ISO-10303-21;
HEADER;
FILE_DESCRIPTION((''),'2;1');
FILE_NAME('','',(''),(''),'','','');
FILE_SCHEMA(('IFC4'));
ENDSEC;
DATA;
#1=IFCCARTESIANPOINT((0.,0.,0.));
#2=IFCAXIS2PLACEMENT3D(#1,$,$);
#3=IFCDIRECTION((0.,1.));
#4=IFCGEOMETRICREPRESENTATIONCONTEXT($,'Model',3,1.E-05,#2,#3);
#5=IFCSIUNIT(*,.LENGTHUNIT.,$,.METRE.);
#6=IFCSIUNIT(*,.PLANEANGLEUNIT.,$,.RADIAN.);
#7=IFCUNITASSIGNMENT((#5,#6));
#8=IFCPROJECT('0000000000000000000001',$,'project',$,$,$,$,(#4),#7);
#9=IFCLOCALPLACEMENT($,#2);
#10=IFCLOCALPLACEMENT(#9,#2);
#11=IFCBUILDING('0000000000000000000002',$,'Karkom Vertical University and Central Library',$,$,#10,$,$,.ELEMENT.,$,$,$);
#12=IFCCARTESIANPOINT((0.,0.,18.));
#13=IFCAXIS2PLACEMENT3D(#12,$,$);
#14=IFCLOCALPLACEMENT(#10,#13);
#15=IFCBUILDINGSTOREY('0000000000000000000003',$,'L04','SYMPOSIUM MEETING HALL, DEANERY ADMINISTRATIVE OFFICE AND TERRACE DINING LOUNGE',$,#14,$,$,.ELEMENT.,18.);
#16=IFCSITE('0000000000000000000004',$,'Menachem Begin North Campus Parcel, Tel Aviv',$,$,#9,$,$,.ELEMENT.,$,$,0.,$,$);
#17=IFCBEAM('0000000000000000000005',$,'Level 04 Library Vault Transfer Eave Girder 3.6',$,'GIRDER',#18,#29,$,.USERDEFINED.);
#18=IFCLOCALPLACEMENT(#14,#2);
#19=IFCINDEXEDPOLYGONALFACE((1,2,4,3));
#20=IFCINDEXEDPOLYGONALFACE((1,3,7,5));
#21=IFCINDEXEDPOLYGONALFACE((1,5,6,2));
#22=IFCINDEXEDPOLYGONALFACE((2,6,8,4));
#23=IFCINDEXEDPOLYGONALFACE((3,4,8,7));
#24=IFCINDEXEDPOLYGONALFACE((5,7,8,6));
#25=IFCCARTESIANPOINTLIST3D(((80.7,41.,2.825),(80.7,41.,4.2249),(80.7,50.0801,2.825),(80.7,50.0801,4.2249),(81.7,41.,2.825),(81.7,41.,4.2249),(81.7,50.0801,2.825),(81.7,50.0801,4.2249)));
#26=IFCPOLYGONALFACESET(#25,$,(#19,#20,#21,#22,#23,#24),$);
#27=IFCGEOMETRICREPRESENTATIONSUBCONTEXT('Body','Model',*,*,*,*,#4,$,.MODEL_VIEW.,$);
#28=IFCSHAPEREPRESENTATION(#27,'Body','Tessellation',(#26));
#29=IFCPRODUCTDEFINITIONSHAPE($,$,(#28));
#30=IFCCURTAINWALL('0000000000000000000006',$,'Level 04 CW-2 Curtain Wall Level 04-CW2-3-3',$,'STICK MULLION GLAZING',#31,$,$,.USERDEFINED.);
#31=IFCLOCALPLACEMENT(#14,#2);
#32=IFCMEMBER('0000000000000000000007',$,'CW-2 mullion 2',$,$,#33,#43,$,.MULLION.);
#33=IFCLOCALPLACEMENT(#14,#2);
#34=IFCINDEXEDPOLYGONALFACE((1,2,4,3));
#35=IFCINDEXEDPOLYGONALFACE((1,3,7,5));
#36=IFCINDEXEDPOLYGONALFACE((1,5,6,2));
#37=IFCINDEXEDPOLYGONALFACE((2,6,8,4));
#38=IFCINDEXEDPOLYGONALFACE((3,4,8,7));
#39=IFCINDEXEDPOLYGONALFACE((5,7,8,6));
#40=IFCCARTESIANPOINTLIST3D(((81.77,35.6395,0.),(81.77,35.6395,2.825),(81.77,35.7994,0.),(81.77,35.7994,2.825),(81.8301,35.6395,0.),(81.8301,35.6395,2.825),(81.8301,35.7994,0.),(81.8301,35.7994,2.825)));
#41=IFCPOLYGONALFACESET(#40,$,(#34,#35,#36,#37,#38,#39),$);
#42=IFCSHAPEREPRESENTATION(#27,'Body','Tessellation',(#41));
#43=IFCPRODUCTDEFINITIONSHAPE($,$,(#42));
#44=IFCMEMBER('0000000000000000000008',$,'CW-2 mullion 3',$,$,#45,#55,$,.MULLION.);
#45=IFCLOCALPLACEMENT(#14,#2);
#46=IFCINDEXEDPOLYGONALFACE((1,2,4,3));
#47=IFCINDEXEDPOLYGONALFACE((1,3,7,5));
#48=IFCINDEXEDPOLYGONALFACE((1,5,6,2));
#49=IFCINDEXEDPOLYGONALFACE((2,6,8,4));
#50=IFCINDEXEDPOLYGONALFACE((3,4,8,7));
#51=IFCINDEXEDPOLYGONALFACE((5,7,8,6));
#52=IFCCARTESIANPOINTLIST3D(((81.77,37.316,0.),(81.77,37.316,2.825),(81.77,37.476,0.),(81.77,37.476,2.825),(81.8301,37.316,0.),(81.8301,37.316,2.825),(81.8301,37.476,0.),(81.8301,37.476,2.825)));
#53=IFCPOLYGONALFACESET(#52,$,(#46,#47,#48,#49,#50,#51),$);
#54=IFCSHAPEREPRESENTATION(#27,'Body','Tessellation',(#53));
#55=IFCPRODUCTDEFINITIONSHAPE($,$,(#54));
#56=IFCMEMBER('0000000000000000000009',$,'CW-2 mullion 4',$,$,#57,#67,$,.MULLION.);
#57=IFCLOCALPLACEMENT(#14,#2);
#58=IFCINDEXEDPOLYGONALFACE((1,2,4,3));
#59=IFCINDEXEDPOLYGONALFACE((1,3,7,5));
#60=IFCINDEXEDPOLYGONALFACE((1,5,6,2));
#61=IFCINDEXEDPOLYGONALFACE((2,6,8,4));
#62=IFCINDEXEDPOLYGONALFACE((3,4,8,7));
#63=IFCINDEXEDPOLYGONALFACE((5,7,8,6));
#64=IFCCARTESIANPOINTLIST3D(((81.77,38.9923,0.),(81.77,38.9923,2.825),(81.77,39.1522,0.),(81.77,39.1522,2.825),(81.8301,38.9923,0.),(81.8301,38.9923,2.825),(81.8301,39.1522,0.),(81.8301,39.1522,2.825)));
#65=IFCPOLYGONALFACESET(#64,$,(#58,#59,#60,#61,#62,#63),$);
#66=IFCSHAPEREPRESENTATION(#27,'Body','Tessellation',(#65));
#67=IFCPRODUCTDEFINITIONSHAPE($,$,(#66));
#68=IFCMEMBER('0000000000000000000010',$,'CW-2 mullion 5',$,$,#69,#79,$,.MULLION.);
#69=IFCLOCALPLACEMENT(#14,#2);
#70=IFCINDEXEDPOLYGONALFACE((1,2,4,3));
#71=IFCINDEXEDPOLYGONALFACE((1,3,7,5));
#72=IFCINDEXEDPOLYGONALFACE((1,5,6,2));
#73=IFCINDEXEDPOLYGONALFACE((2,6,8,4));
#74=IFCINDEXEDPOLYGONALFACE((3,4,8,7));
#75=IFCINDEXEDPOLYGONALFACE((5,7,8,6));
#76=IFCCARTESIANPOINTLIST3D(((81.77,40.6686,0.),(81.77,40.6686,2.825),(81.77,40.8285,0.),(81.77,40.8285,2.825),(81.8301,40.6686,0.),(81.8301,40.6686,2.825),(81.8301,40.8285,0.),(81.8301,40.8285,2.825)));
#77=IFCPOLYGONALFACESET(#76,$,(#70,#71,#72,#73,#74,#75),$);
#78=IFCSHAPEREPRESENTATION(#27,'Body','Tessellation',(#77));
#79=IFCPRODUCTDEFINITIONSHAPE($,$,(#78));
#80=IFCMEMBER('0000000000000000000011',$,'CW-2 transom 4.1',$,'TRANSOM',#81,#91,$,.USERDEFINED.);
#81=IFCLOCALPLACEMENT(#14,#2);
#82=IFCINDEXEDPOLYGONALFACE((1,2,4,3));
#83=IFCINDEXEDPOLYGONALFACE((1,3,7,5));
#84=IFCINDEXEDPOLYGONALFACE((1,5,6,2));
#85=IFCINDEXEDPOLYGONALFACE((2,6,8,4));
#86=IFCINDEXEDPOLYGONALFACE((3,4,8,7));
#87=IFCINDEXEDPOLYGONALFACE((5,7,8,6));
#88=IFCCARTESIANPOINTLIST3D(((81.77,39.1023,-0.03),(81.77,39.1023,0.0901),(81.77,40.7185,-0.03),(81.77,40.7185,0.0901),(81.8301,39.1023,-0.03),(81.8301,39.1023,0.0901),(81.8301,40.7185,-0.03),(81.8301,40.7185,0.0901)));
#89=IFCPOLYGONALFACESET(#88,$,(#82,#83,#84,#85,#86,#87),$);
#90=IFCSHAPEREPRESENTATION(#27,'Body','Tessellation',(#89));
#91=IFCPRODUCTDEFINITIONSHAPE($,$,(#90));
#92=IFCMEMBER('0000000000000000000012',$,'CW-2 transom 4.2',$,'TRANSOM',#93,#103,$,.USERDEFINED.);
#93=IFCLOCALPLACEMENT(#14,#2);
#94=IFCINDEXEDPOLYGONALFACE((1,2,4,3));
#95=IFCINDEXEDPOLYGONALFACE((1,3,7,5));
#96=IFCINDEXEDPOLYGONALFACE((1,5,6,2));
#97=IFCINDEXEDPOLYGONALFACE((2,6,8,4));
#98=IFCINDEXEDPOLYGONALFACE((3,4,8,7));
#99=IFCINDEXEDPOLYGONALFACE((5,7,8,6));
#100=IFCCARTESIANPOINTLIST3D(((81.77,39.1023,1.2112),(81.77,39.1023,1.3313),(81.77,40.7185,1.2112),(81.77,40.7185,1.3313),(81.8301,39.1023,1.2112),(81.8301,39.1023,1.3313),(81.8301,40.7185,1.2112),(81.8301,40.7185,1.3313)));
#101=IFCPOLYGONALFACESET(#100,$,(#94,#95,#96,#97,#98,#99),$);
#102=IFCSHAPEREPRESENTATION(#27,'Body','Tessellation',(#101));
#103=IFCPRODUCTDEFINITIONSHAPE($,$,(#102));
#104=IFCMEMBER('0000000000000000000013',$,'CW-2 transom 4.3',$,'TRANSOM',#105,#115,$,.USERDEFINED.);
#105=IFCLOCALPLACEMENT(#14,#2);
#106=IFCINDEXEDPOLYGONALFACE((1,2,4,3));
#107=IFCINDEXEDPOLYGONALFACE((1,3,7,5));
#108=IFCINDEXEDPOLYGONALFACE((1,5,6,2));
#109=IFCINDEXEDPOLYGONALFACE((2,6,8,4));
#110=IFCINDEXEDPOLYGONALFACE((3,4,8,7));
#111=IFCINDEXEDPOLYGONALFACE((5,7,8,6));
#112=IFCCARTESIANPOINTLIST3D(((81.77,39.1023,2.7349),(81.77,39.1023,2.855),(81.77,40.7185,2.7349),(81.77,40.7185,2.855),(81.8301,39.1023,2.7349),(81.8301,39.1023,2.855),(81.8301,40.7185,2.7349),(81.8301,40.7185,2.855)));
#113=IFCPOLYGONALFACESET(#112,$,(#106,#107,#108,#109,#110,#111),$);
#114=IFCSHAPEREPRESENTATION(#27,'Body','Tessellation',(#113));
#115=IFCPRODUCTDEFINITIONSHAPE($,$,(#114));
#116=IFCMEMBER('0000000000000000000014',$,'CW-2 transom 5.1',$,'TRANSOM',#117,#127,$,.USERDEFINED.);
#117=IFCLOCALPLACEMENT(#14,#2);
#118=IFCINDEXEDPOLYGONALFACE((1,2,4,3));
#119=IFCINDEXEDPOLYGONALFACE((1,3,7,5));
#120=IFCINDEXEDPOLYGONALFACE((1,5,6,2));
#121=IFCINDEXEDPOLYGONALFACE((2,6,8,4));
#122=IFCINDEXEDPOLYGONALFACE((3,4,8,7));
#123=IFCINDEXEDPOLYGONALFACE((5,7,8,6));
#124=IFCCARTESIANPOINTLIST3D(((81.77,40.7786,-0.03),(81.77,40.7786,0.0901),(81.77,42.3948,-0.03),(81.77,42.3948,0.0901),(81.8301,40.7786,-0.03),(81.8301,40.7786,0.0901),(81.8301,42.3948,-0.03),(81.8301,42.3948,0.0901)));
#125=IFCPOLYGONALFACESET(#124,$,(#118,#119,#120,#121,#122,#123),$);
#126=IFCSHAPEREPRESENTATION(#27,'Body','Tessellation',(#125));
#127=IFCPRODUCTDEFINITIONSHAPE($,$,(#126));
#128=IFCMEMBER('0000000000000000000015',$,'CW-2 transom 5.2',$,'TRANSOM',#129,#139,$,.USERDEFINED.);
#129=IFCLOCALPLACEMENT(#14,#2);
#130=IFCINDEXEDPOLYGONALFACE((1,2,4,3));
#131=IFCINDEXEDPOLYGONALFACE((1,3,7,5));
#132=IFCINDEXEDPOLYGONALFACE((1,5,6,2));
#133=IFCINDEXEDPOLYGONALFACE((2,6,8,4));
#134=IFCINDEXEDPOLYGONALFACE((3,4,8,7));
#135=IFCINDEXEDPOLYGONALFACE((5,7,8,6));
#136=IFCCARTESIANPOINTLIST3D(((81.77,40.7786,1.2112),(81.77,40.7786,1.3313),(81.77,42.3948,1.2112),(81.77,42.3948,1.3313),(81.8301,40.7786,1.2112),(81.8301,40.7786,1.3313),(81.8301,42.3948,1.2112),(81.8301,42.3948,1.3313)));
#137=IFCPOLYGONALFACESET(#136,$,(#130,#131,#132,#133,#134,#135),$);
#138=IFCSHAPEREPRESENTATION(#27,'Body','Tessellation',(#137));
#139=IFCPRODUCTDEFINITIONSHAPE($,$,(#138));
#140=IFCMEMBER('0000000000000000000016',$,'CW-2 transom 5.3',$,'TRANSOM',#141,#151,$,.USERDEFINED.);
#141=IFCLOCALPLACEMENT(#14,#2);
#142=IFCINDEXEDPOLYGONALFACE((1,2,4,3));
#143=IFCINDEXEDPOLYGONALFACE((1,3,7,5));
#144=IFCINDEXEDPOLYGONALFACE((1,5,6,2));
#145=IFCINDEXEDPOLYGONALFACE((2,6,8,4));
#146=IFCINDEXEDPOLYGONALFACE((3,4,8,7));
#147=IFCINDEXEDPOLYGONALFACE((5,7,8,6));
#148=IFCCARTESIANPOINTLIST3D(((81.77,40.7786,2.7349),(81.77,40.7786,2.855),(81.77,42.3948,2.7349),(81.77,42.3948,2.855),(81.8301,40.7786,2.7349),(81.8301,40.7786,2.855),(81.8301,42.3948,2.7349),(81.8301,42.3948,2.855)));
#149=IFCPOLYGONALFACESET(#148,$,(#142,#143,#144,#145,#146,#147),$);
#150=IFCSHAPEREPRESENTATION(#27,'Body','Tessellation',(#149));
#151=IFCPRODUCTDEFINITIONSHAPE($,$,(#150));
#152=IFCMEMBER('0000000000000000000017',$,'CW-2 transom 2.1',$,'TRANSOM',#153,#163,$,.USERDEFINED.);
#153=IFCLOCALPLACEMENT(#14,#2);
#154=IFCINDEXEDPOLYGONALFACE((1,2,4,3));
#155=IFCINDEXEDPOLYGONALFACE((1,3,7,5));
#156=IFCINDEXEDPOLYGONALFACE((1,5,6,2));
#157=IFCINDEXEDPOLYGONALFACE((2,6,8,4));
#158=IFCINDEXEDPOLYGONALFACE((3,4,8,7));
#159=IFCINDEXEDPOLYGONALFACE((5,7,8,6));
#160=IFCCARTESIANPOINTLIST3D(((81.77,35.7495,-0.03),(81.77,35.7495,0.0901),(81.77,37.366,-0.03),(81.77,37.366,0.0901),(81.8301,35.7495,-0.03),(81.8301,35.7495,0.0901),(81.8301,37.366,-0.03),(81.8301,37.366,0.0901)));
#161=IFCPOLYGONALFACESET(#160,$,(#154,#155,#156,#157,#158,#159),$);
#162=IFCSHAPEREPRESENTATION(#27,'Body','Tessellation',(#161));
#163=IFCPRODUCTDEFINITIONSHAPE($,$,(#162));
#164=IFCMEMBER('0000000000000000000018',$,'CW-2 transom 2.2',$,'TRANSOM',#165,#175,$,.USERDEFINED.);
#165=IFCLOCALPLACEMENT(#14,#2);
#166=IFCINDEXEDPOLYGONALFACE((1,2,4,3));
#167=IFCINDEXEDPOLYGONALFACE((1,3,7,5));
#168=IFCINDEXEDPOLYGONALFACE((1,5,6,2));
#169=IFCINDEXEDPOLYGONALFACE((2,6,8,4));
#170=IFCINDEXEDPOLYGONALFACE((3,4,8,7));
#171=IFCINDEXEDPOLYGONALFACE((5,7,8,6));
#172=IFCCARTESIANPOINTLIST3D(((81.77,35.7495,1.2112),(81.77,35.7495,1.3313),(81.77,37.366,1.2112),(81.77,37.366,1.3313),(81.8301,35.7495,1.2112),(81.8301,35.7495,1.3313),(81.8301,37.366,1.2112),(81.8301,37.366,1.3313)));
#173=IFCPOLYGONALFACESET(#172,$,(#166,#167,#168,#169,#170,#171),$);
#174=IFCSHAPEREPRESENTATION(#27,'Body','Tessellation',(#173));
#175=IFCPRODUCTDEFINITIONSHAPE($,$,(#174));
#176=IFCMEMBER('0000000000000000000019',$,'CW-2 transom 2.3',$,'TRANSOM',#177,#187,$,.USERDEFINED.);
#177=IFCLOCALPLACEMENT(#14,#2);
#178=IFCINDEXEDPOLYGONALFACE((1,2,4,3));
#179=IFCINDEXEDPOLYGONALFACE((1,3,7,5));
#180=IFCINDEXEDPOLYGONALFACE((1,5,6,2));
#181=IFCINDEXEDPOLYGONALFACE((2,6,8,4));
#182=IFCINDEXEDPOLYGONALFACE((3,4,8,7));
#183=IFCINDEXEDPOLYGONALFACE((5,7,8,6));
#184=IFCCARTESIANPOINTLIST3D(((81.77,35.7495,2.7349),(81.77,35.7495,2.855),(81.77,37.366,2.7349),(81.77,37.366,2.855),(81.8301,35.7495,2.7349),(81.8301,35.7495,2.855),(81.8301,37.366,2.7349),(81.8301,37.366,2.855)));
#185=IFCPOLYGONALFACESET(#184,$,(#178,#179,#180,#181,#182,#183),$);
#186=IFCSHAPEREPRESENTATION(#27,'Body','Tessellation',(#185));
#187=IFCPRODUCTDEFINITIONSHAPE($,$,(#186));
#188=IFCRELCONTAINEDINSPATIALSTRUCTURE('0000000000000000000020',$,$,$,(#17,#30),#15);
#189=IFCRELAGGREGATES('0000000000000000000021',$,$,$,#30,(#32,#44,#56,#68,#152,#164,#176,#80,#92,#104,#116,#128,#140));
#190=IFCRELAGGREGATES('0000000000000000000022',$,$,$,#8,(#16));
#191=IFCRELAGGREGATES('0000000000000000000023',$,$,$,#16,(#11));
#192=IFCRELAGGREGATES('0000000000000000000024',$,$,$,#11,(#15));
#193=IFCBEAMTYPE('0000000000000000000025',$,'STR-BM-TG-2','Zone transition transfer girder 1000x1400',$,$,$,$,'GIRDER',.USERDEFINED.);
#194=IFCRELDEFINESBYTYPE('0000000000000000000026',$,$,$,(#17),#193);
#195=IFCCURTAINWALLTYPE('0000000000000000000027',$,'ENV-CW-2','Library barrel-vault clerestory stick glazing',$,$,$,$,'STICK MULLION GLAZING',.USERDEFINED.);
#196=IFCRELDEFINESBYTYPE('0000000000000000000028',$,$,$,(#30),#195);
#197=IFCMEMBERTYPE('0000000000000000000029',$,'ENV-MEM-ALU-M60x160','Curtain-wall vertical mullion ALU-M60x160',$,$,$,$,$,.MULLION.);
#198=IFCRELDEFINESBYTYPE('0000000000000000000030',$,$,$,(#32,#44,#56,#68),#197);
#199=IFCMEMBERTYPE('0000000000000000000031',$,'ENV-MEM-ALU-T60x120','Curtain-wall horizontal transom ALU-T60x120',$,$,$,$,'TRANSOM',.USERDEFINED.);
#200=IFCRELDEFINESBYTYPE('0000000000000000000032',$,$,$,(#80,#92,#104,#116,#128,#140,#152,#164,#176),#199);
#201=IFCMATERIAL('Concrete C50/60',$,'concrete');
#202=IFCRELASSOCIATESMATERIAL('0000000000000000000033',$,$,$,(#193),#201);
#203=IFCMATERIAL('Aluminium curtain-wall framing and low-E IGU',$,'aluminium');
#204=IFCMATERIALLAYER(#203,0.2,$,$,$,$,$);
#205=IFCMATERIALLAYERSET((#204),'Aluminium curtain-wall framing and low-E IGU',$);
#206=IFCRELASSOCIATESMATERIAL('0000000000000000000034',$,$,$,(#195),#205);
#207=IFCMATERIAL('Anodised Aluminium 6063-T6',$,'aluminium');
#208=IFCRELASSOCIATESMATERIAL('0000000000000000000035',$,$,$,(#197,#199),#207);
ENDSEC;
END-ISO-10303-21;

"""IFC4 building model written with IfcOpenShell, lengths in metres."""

from ifc_helpers import new_model, si_unit, direction, frame, origin, origin_with_axes, origin_2d, place, context, subcontext, project, spatial, rectangle, extrude, source, transform, mapped, material, layer, layer_set, material_profile, profile_set, type_object, element, aggregate, save


model = new_model("IFC4")

# Units and contexts
model_context = context("Model", 3, precision=1e-05, world=origin(), true_north=direction((0.0, 1.0)))
body_context = subcontext(model_context, "Body", "Model", "MODEL_VIEW")
ifc_project = project(units=[si_unit("LENGTHUNIT", "METRE"), si_unit("PLANEANGLEUNIT", "RADIAN")], contexts=[model_context])

# Site, building, storey
site_placement = place(None, origin())
site = spatial("IfcSite", under=ifc_project, at=site_placement, Name="Menachem Begin North Campus Parcel, Tel Aviv", CompositionType="ELEMENT", RefElevation=0.0)
building_placement = place(site_placement, origin())
building = spatial("IfcBuilding", under=site, at=building_placement, Name="Karkom Vertical University and Central Library", CompositionType="ELEMENT")
storey_placement = place(building_placement, frame((0.0, 0.0, 18.0)))
storey = spatial("IfcBuildingStorey", under=building, at=storey_placement, Name="L04", Description="SYMPOSIUM MEETING HALL, DEANERY ADMINISTRATIVE OFFICE AND TERRACE DINING LOUNGE", CompositionType="ELEMENT", Elevation=18.0)

# Beam
ifc_material_1 = material(Name="Concrete C50/60", Category="concrete")
ifc_material_profile_1 = material_profile(ifc_material_1, rectangle(XDim=1.0, YDim=1.3999, at=origin_2d()), Name="TG-1000x1400")
ifc_profile_set_1 = profile_set([ifc_material_profile_1], Name="Concrete C50/60")
beam_type = type_object("IfcBeamType", Name="STR-BM-TG-2", Description="Zone transition transfer girder 1000x1400", ElementType="GIRDER", PredefinedType="USERDEFINED", material=ifc_profile_set_1)
shared_shape_1 = source(origin_with_axes(), body_context, "Body", "SweptSolid", [
    extrude(rectangle(XDim=1.0, YDim=1.3999, at=origin_2d()), origin(), (0.0, 0.0, 1.0), 9.0801),
])
beam_placement = place(storey_placement, frame((81.2, 41.0, 3.5249), z_axis=(0.0, 1.0, 0.0), x_axis=(-1.0, 0.0, 0.0)))
element("IfcBeam", 1, at=beam_placement, inside=storey, type_object=beam_type, Name="Level 04 Library Vault Transfer Eave Girder 3.6", ObjectType="GIRDER", PredefinedType="USERDEFINED", context=body_context, shape_type="MappedRepresentation", body=[
    mapped(shared_shape_1, transform((0.0, 0.0, 0.0), scale=1.0)),
])

# Curtain wall, members
ifc_material_2 = material(Name="Aluminium curtain-wall framing and low-E IGU", Category="aluminium")
ifc_layer_1 = layer(ifc_material_2, 0.2)
ifc_layer_set_1 = layer_set([ifc_layer_1], Name="Aluminium curtain-wall framing and low-E IGU")
curtain_wall_type = type_object("IfcCurtainWallType", Name="ENV-CW-2", Description="Library barrel-vault clerestory stick glazing", ElementType="STICK MULLION GLAZING", PredefinedType="USERDEFINED", material=ifc_layer_set_1)
curtain_wall_placement = place(storey_placement, origin())
curtain_wall = element("IfcCurtainWall", 2, at=curtain_wall_placement, inside=storey, type_object=curtain_wall_type, Name="Level 04 CW-2 Curtain Wall Level 04-CW2-3-3", ObjectType="STICK MULLION GLAZING", PredefinedType="USERDEFINED")
ifc_material_3 = material(Name="Anodised Aluminium 6063-T6", Category="aluminium")
ifc_material_profile_2 = material_profile(ifc_material_3, rectangle(XDim=0.0601, YDim=0.1599, at=origin_2d()), Name="ALU-M60x160")
ifc_profile_set_2 = profile_set([ifc_material_profile_2], Name="Anodised Aluminium 6063-T6")
member_type_1 = type_object("IfcMemberType", Name="ENV-MEM-ALU-M60x160", Description="Curtain-wall vertical mullion ALU-M60x160", PredefinedType="MULLION", material=ifc_profile_set_2)
shared_shape_2 = source(origin_with_axes(), body_context, "Body", "SweptSolid", [
    extrude(rectangle(XDim=0.0601, YDim=0.1599, at=origin_2d()), origin(), (0.0, 0.0, 1.0), 2.825),
])
member_1_placement = place(storey_placement, frame((81.8, 35.7195, 0.0), z_axis=(0.0, 0.0, 1.0), x_axis=(-1.0, 0.0, 0.0)))
member_1 = element("IfcMember", 3, at=member_1_placement, type_object=member_type_1, Name="CW-2 mullion 2", PredefinedType="MULLION", context=body_context, shape_type="MappedRepresentation", body=[
    mapped(shared_shape_2, transform((0.0, 0.0, 0.0), scale=1.0)),
])
member_2_placement = place(storey_placement, frame((81.8, 37.396, 0.0), z_axis=(0.0, 0.0, 1.0), x_axis=(-1.0, 0.0, 0.0)))
member_2 = element("IfcMember", 4, at=member_2_placement, type_object=member_type_1, Name="CW-2 mullion 3", PredefinedType="MULLION", context=body_context, shape_type="MappedRepresentation", body=[
    mapped(shared_shape_2, transform((0.0, 0.0, 0.0), scale=1.0)),
])
member_3_placement = place(storey_placement, frame((81.8, 39.0723, 0.0), z_axis=(0.0, 0.0, 1.0), x_axis=(-1.0, 0.0, 0.0)))
member_3 = element("IfcMember", 5, at=member_3_placement, type_object=member_type_1, Name="CW-2 mullion 4", PredefinedType="MULLION", context=body_context, shape_type="MappedRepresentation", body=[
    mapped(shared_shape_2, transform((0.0, 0.0, 0.0), scale=1.0)),
])
member_4_placement = place(storey_placement, frame((81.8, 40.7485, 0.0), z_axis=(0.0, 0.0, 1.0), x_axis=(-1.0, 0.0, 0.0)))
member_4 = element("IfcMember", 6, at=member_4_placement, type_object=member_type_1, Name="CW-2 mullion 5", PredefinedType="MULLION", context=body_context, shape_type="MappedRepresentation", body=[
    mapped(shared_shape_2, transform((0.0, 0.0, 0.0), scale=1.0)),
])
ifc_material_profile_3 = material_profile(ifc_material_3, rectangle(XDim=0.0601, YDim=0.1201, at=origin_2d()), Name="ALU-T60x120")
ifc_profile_set_3 = profile_set([ifc_material_profile_3], Name="Anodised Aluminium 6063-T6")
member_type_2 = type_object("IfcMemberType", Name="ENV-MEM-ALU-T60x120", Description="Curtain-wall horizontal transom ALU-T60x120", ElementType="TRANSOM", PredefinedType="USERDEFINED", material=ifc_profile_set_3)
shared_shape_3 = source(origin_with_axes(), body_context, "Body", "SweptSolid", [
    extrude(rectangle(XDim=0.0601, YDim=0.1201, at=origin_2d()), origin(), (0.0, 0.0, 1.0), 1.6162),
])
member_5_placement = place(storey_placement, frame((81.8, 39.1023, 0.03), z_axis=(0.0, 1.0, 0.0), x_axis=(-1.0, 0.0, 0.0)))
member_5 = element("IfcMember", 7, at=member_5_placement, type_object=member_type_2, Name="CW-2 transom 4.1", ObjectType="TRANSOM", PredefinedType="USERDEFINED", context=body_context, shape_type="MappedRepresentation", body=[
    mapped(shared_shape_3, transform((0.0, 0.0, 0.0), scale=1.0)),
])
member_6_placement = place(storey_placement, frame((81.8, 39.1023, 1.2712), z_axis=(0.0, 1.0, 0.0), x_axis=(-1.0, 0.0, 0.0)))
member_6 = element("IfcMember", 8, at=member_6_placement, type_object=member_type_2, Name="CW-2 transom 4.2", ObjectType="TRANSOM", PredefinedType="USERDEFINED", context=body_context, shape_type="MappedRepresentation", body=[
    mapped(shared_shape_3, transform((0.0, 0.0, 0.0), scale=1.0)),
])
member_7_placement = place(storey_placement, frame((81.8, 39.1023, 2.7949), z_axis=(0.0, 1.0, 0.0), x_axis=(-1.0, 0.0, 0.0)))
member_7 = element("IfcMember", 9, at=member_7_placement, type_object=member_type_2, Name="CW-2 transom 4.3", ObjectType="TRANSOM", PredefinedType="USERDEFINED", context=body_context, shape_type="MappedRepresentation", body=[
    mapped(shared_shape_3, transform((0.0, 0.0, 0.0), scale=1.0)),
])
member_8_placement = place(storey_placement, frame((81.8, 40.7786, 0.03), z_axis=(0.0, 1.0, 0.0), x_axis=(-1.0, 0.0, 0.0)))
member_8 = element("IfcMember", 10, at=member_8_placement, type_object=member_type_2, Name="CW-2 transom 5.1", ObjectType="TRANSOM", PredefinedType="USERDEFINED", context=body_context, shape_type="MappedRepresentation", body=[
    mapped(shared_shape_3, transform((0.0, 0.0, 0.0), scale=1.0)),
])
member_9_placement = place(storey_placement, frame((81.8, 40.7786, 1.2712), z_axis=(0.0, 1.0, 0.0), x_axis=(-1.0, 0.0, 0.0)))
member_9 = element("IfcMember", 11, at=member_9_placement, type_object=member_type_2, Name="CW-2 transom 5.2", ObjectType="TRANSOM", PredefinedType="USERDEFINED", context=body_context, shape_type="MappedRepresentation", body=[
    mapped(shared_shape_3, transform((0.0, 0.0, 0.0), scale=1.0)),
])
member_10_placement = place(storey_placement, frame((81.8, 40.7786, 2.7949), z_axis=(0.0, 1.0, 0.0), x_axis=(-1.0, 0.0, 0.0)))
member_10 = element("IfcMember", 12, at=member_10_placement, type_object=member_type_2, Name="CW-2 transom 5.3", ObjectType="TRANSOM", PredefinedType="USERDEFINED", context=body_context, shape_type="MappedRepresentation", body=[
    mapped(shared_shape_3, transform((0.0, 0.0, 0.0), scale=1.0)),
])
shared_shape_4 = source(origin_with_axes(), body_context, "Body", "SweptSolid", [
    extrude(rectangle(XDim=0.0601, YDim=0.1201, at=origin_2d()), origin(), (0.0, 0.0, 1.0), 1.6165),
])
member_11_placement = place(storey_placement, frame((81.8, 35.7495, 0.03), z_axis=(0.0, 1.0, 0.0), x_axis=(-1.0, 0.0, 0.0)))
member_11 = element("IfcMember", 13, at=member_11_placement, type_object=member_type_2, Name="CW-2 transom 2.1", ObjectType="TRANSOM", PredefinedType="USERDEFINED", context=body_context, shape_type="MappedRepresentation", body=[
    mapped(shared_shape_4, transform((0.0, 0.0, 0.0), scale=1.0)),
])
member_12_placement = place(storey_placement, frame((81.8, 35.7495, 1.2712), z_axis=(0.0, 1.0, 0.0), x_axis=(-1.0, 0.0, 0.0)))
member_12 = element("IfcMember", 14, at=member_12_placement, type_object=member_type_2, Name="CW-2 transom 2.2", ObjectType="TRANSOM", PredefinedType="USERDEFINED", context=body_context, shape_type="MappedRepresentation", body=[
    mapped(shared_shape_4, transform((0.0, 0.0, 0.0), scale=1.0)),
])
member_13_placement = place(storey_placement, frame((81.8, 35.7495, 2.7949), z_axis=(0.0, 1.0, 0.0), x_axis=(-1.0, 0.0, 0.0)))
member_13 = element("IfcMember", 15, at=member_13_placement, type_object=member_type_2, Name="CW-2 transom 2.3", ObjectType="TRANSOM", PredefinedType="USERDEFINED", context=body_context, shape_type="MappedRepresentation", body=[
    mapped(shared_shape_4, transform((0.0, 0.0, 0.0), scale=1.0)),
])
aggregate(curtain_wall, [member_1, member_2, member_3, member_4, member_11, member_12, member_13, member_5, member_6, member_7, member_8, member_9, member_10])

save(model, "model.ifc")
